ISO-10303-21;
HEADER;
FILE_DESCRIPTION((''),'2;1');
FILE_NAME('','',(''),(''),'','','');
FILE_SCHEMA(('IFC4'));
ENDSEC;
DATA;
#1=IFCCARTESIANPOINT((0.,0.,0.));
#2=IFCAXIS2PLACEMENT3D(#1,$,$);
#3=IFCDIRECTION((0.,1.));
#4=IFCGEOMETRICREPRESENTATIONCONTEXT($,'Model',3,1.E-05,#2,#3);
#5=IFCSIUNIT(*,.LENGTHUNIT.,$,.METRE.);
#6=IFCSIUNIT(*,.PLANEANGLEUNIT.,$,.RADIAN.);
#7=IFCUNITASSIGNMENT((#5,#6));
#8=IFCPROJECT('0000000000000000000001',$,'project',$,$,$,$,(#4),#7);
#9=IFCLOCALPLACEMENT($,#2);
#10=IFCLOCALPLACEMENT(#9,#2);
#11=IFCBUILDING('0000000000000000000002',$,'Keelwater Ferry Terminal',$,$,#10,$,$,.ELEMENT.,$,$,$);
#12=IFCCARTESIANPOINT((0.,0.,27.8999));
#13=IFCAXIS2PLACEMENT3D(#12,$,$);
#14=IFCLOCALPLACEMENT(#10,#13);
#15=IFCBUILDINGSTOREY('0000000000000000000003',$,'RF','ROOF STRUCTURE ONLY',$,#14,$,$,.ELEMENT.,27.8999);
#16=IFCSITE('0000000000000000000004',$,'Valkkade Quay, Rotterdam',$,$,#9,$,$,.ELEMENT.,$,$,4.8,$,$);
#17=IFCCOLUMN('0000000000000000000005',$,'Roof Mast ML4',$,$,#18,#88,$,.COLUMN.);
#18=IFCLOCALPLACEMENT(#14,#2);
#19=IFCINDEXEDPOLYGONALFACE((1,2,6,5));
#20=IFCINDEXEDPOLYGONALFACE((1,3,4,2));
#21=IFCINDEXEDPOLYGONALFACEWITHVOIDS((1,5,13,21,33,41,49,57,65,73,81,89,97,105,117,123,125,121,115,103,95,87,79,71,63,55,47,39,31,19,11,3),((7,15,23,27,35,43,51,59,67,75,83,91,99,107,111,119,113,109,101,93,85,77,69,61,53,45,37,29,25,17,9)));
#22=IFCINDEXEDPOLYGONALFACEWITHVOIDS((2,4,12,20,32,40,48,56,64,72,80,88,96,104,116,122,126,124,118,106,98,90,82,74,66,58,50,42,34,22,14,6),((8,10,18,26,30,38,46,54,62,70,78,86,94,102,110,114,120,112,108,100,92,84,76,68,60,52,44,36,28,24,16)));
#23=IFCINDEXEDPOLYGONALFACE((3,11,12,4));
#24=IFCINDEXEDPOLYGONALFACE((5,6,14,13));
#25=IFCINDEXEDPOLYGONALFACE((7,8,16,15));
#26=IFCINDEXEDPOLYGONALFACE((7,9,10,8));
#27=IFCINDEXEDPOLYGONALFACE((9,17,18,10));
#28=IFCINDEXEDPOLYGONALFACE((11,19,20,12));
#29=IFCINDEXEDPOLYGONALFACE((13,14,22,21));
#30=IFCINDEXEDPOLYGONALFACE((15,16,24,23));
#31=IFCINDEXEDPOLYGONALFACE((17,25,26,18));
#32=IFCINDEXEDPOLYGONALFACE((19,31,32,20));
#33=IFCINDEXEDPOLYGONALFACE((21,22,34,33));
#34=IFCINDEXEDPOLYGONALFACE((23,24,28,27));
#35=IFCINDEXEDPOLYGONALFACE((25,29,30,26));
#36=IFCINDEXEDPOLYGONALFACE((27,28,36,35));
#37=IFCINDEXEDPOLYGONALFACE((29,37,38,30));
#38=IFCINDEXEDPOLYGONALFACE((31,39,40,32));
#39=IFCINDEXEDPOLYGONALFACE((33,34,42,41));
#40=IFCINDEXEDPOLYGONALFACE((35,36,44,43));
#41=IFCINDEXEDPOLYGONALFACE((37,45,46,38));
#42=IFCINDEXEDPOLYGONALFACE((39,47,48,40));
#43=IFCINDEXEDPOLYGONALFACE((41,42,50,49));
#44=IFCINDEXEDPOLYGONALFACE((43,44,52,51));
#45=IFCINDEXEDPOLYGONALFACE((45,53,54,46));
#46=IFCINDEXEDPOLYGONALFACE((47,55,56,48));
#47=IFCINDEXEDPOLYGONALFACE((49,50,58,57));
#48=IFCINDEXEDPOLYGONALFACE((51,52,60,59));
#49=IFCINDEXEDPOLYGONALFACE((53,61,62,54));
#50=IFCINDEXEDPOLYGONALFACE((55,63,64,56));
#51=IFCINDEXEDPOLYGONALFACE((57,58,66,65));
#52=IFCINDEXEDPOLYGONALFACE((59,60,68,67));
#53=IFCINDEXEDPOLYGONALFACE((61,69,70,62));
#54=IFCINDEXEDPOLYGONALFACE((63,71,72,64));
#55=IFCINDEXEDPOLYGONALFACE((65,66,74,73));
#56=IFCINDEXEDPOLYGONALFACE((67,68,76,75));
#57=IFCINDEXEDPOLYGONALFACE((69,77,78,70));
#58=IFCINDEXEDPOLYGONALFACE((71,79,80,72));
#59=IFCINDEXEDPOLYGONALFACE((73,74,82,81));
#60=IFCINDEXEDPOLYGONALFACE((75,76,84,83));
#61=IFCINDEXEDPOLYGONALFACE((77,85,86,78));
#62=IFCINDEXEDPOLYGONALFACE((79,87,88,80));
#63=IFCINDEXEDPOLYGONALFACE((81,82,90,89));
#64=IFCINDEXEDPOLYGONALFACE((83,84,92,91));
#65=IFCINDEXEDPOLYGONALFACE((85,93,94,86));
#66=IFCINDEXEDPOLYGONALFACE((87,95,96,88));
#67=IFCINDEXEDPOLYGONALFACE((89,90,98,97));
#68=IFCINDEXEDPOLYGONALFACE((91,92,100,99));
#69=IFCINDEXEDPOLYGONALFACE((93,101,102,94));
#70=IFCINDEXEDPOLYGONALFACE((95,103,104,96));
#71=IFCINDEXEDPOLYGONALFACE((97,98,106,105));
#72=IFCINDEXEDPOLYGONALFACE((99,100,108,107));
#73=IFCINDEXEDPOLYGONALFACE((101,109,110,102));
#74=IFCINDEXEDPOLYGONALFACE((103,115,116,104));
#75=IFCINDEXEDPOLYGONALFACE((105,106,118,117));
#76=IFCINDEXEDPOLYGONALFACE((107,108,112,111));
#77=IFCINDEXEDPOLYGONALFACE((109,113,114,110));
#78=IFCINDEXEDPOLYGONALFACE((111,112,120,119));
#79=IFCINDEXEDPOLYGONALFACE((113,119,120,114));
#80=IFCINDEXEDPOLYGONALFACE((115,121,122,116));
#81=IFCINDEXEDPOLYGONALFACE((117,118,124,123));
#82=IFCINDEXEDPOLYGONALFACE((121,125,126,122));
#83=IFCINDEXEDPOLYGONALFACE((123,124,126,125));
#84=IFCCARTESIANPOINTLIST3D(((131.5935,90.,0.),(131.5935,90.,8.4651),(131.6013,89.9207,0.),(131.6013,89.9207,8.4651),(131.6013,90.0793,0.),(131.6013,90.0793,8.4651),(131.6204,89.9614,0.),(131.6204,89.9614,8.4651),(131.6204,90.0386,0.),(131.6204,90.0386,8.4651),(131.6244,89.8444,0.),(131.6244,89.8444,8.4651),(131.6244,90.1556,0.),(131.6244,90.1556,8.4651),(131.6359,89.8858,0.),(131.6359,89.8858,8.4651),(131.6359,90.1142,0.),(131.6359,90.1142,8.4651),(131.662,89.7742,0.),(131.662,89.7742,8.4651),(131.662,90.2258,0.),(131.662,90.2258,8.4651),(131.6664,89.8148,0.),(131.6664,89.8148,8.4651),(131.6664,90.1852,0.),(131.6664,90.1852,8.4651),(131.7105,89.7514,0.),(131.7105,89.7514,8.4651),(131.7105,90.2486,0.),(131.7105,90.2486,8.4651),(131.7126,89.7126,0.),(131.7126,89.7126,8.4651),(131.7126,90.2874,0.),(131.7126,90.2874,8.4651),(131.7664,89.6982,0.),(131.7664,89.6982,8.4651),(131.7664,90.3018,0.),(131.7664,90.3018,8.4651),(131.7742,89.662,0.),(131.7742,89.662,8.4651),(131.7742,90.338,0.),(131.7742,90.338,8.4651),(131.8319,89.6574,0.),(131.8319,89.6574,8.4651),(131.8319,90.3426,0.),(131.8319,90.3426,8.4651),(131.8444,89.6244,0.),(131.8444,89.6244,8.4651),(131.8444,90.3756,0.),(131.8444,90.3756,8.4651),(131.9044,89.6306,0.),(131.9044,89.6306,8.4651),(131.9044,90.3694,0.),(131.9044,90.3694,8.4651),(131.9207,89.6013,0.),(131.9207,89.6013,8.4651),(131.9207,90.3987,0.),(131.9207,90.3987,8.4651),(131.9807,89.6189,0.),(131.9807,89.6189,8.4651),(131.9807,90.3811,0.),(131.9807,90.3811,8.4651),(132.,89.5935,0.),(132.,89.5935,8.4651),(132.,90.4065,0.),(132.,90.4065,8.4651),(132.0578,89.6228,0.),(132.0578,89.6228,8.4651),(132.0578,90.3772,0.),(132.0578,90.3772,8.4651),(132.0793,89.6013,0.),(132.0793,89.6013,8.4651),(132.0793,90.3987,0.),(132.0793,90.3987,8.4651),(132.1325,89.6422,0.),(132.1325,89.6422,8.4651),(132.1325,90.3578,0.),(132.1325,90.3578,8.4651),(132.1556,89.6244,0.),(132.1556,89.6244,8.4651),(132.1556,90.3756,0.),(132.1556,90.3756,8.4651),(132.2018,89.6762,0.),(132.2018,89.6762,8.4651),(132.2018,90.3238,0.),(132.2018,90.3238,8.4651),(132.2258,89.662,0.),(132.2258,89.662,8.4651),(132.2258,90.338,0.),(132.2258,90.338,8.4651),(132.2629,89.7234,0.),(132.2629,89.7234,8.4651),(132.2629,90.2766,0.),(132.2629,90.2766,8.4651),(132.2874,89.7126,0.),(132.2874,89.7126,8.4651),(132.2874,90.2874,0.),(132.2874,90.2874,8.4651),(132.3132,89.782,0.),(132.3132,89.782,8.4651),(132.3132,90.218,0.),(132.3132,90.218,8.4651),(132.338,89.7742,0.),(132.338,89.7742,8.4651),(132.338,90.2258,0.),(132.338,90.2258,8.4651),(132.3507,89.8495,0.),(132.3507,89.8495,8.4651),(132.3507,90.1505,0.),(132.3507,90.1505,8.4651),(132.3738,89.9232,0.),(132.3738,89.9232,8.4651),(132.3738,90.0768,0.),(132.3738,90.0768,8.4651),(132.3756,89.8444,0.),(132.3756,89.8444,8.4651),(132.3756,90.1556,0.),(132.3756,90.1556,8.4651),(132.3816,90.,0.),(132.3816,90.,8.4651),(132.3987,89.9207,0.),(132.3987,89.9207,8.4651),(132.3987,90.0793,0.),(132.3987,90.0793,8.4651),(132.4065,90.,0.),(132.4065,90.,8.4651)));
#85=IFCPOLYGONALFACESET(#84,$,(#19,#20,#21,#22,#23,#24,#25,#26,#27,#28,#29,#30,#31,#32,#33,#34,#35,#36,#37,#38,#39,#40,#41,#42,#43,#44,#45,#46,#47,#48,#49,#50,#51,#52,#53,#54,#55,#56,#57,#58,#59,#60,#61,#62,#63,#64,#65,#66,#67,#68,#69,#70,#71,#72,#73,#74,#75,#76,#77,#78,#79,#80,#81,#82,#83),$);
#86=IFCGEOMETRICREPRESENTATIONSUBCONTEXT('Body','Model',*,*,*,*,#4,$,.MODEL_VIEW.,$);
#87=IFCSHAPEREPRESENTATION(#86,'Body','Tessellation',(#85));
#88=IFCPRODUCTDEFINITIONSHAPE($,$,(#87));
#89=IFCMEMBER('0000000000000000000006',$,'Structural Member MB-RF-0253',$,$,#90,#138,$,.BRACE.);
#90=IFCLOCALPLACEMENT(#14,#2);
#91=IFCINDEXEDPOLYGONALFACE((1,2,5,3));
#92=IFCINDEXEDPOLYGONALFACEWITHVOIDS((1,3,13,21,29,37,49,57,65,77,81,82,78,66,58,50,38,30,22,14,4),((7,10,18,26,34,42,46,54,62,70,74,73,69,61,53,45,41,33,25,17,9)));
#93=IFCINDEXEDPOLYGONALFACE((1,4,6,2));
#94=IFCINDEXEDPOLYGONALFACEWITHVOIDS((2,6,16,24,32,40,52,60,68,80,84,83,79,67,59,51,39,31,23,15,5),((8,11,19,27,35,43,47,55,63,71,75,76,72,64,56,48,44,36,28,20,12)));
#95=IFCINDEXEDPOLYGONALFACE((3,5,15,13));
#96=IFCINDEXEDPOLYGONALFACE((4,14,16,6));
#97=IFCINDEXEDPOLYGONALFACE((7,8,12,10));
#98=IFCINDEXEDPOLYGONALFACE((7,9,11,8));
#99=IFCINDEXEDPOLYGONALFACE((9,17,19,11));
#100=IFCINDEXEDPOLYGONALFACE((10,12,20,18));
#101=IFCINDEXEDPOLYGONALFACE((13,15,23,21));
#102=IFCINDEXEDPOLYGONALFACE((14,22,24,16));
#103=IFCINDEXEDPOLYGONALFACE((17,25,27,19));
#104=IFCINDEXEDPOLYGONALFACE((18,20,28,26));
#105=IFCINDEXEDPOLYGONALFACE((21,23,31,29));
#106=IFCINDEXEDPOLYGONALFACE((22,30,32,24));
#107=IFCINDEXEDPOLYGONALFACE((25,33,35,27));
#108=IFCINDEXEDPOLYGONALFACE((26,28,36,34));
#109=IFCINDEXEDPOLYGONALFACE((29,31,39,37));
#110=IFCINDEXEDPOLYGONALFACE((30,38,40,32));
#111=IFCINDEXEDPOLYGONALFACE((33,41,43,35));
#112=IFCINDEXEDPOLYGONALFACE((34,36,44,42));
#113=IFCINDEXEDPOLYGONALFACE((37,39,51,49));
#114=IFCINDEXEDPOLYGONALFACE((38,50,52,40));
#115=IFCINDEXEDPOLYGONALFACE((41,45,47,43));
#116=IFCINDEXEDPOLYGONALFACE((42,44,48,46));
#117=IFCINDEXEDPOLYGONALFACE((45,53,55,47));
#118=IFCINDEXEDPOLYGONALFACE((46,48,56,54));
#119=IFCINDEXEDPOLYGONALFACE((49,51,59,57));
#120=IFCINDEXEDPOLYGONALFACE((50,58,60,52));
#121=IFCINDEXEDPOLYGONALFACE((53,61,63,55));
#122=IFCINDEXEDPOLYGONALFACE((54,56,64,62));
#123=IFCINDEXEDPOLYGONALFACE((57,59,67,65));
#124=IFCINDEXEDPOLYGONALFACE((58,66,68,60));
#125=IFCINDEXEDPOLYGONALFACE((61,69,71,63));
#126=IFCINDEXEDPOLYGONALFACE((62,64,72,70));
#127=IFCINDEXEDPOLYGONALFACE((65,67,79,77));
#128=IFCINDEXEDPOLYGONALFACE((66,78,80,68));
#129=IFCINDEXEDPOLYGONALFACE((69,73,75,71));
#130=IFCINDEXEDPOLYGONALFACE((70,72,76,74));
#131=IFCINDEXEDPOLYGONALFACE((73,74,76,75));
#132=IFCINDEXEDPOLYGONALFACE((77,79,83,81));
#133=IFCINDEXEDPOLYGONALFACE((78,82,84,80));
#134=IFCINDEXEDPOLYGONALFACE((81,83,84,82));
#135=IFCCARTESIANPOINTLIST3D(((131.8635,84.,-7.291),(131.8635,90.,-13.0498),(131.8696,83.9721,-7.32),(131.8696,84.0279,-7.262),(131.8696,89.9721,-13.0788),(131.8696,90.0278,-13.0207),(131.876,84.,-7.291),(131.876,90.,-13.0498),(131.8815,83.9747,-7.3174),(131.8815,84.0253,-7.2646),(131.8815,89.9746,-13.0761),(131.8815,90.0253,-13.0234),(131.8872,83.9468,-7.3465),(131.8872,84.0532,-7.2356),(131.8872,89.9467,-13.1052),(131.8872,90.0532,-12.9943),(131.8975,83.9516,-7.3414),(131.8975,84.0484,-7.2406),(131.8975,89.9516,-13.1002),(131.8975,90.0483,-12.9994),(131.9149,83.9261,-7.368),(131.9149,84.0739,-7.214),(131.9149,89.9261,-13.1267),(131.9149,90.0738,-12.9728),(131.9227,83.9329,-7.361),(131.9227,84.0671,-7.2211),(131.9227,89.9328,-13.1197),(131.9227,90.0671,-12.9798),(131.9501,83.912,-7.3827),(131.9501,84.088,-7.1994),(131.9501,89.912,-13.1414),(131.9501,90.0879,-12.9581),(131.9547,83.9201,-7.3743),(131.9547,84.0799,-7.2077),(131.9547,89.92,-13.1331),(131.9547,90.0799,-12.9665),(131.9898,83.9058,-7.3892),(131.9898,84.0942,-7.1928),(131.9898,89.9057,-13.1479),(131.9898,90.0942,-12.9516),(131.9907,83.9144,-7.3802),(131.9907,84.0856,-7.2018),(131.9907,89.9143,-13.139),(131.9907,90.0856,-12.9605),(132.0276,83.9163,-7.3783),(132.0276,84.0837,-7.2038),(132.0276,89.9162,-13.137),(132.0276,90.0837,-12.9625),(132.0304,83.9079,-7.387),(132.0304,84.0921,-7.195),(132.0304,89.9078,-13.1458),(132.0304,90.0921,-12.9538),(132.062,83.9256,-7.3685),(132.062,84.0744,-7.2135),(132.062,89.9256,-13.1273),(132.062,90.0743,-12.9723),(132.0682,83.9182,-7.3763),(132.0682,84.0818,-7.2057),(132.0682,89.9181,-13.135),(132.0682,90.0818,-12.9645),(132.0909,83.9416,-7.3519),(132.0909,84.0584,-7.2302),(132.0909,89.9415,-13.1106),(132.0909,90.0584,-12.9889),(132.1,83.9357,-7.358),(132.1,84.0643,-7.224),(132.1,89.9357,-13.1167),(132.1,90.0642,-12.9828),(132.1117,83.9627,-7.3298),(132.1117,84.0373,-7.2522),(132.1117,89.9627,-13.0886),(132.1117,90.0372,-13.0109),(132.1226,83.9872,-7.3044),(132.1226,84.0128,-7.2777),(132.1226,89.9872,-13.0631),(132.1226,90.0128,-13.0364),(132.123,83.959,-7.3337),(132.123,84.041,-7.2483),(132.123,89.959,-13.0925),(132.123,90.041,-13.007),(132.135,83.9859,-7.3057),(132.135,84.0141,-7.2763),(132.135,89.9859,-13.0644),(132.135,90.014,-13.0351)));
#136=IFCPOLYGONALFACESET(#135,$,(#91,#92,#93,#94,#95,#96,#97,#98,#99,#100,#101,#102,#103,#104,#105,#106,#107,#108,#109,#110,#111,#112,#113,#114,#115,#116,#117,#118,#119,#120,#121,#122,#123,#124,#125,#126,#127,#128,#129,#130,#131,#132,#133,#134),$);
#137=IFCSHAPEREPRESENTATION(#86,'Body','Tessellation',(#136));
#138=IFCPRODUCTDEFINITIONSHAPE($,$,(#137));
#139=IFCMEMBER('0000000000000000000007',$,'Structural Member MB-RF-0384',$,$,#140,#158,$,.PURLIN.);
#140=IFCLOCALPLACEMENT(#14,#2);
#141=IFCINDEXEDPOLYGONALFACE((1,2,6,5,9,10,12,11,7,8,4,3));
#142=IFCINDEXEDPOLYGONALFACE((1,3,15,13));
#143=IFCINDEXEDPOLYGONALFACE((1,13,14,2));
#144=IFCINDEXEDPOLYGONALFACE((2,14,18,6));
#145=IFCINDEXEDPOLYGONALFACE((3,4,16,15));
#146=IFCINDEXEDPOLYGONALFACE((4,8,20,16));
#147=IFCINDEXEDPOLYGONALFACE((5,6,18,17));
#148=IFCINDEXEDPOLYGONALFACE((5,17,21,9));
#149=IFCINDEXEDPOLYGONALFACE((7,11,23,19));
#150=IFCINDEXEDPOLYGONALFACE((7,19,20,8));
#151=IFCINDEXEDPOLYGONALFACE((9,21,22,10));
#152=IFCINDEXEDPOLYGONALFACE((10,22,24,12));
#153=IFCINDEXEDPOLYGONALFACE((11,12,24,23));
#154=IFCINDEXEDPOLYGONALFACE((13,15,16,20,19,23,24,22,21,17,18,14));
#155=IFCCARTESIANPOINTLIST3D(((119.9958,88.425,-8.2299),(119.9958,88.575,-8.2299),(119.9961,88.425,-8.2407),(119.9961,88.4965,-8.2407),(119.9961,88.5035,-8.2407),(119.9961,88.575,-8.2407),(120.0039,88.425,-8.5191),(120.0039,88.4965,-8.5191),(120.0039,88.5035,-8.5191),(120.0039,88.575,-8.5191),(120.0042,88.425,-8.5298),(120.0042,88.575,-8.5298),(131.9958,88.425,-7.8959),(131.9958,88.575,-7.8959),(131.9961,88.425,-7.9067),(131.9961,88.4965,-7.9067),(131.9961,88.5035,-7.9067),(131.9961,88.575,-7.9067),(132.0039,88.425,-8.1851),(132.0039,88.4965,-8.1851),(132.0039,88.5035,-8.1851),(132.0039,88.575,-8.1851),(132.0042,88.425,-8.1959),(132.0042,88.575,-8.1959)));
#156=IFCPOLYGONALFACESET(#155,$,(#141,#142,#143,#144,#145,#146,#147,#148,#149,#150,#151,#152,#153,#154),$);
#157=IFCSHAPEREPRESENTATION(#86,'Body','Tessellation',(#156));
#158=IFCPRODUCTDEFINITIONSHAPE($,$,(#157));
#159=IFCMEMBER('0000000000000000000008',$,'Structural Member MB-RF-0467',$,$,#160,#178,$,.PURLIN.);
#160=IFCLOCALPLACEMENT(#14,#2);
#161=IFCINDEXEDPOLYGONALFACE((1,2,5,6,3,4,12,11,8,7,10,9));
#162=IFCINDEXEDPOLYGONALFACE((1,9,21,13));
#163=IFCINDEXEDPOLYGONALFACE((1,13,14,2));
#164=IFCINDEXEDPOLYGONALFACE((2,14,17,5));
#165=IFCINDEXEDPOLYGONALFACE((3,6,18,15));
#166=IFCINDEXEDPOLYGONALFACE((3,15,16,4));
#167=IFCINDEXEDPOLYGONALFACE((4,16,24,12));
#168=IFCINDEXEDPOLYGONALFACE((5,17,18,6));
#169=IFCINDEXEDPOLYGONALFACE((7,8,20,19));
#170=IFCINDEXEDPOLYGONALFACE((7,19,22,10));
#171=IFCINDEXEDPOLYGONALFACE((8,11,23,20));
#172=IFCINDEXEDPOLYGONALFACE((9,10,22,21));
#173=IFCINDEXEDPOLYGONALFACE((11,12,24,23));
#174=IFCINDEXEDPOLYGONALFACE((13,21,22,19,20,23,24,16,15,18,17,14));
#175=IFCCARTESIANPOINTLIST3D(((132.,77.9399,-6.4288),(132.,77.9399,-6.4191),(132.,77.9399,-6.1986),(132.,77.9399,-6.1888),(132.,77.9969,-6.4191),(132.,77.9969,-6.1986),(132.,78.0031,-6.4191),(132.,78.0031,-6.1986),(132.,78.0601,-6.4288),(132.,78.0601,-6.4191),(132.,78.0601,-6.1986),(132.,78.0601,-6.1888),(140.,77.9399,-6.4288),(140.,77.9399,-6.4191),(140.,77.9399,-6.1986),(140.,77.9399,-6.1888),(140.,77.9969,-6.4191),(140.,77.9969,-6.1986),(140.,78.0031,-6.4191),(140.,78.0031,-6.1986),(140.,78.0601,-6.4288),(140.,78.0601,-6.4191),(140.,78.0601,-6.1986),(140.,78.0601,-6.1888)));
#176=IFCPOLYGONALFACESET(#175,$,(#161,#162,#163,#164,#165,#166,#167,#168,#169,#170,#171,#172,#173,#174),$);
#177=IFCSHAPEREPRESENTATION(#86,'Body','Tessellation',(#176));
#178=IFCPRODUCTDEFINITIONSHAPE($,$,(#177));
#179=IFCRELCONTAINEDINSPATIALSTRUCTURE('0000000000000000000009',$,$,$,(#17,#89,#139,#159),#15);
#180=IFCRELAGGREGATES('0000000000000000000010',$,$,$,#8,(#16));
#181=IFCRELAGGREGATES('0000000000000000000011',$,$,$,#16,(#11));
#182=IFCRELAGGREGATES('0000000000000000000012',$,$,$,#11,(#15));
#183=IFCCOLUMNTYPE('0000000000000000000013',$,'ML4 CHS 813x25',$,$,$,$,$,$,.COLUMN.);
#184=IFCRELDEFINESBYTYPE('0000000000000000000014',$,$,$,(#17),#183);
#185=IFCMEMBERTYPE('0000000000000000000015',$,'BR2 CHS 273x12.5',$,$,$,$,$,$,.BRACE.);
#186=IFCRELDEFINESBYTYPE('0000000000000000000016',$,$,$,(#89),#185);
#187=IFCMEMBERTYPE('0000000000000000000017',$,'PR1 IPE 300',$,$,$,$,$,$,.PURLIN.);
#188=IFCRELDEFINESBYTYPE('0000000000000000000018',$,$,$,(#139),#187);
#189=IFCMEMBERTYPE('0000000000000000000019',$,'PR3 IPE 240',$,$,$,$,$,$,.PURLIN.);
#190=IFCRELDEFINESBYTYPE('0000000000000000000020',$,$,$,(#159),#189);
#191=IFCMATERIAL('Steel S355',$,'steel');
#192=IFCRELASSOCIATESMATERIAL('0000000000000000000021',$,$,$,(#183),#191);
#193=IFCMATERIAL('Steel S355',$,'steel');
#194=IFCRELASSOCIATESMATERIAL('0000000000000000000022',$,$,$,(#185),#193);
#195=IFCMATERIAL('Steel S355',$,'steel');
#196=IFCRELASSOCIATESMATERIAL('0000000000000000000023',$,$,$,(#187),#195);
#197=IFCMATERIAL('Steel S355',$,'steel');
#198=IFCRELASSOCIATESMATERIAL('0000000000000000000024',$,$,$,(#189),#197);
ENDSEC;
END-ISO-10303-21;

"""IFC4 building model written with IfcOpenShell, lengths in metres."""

from ifc_helpers import new_model, si_unit, direction, frame, origin, origin_2d, place, context, subcontext, project, spatial, hollow_circle, i_section, extrude, material, material_profile, profile_set, type_object, element, save


model = new_model("IFC4")

# Units and contexts
model_context = context("Model", 3, precision=1e-05, world=origin(), true_north=direction((0.0, 1.0)))
body_context = subcontext(model_context, "Body", "Model", "MODEL_VIEW")
ifc_project = project(units=[si_unit("LENGTHUNIT", "METRE"), si_unit("PLANEANGLEUNIT", "RADIAN")], contexts=[model_context])

# Site, building, storey
site_placement = place(None, origin())
site = spatial("IfcSite", under=ifc_project, at=site_placement, Name="Valkkade Quay, Rotterdam", CompositionType="ELEMENT", RefElevation=4.8)
building_placement = place(site_placement, origin())
building = spatial("IfcBuilding", under=site, at=building_placement, Name="Keelwater Ferry Terminal", CompositionType="ELEMENT")
storey_placement = place(building_placement, frame((0.0, 0.0, 27.8999)))
storey = spatial("IfcBuildingStorey", under=building, at=storey_placement, Name="RF", Description="ROOF STRUCTURE ONLY", CompositionType="ELEMENT", Elevation=27.8999)

# Column
ifc_material_1 = material(Name="Steel S355", Category="steel")
ifc_material_profile_1 = material_profile(ifc_material_1, hollow_circle(Radius=0.4065, WallThickness=0.0249, at=origin_2d()), Name="CHS 813x25")
ifc_profile_set_1 = profile_set([ifc_material_profile_1], Name="Steel S355")
column_type = type_object("IfcColumnType", Name="ML4 CHS 813x25", PredefinedType="COLUMN", material=ifc_profile_set_1)
column_placement = place(storey_placement, frame((132.0, 90.0, 0.0), z_axis=(0.0, 0.0, 1.0), x_axis=(1.0, 0.0, 0.0)))
element("IfcColumn", 1, at=column_placement, inside=storey, type_object=column_type, Name="Roof Mast ML4", PredefinedType="COLUMN", context=body_context, shape_type="SweptSolid", body=[
    extrude(hollow_circle(Radius=0.4065, WallThickness=0.0249, at=origin_2d()), origin(), (0.0, 0.0, 1.0), 8.4651),
])

# Members
ifc_material_2 = material(Name="Steel S355", Category="steel")
ifc_material_profile_2 = material_profile(ifc_material_2, hollow_circle(Radius=0.1365, WallThickness=0.0125, at=origin_2d()), Name="CHS 273x12.5")
ifc_profile_set_2 = profile_set([ifc_material_profile_2], Name="Steel S355")
member_type_1 = type_object("IfcMemberType", Name="BR2 CHS 273x12.5", PredefinedType="BRACE", material=ifc_profile_set_2)
member_1_placement = place(storey_placement, frame((132.0, 84.0, -7.291), z_axis=(0.0, 0.72146, -0.692456), x_axis=(-1.0, 0.0, 0.0)))
element("IfcMember", 2, at=member_1_placement, inside=storey, type_object=member_type_1, Name="Structural Member MB-RF-0253", PredefinedType="BRACE", context=body_context, shape_type="SweptSolid", body=[
    extrude(hollow_circle(Radius=0.1365, WallThickness=0.0125, at=origin_2d()), origin(), (0.0, 0.0, 1.0), 8.3164),
])
ifc_material_3 = material(Name="Steel S355", Category="steel")
ifc_material_profile_3 = material_profile(ifc_material_3, i_section(OverallWidth=0.1499, OverallDepth=0.3, WebThickness=0.0071, FlangeThickness=0.0107, at=origin_2d()), Name="IPE 300")
ifc_profile_set_3 = profile_set([ifc_material_profile_3], Name="Steel S355")
member_type_2 = type_object("IfcMemberType", Name="PR1 IPE 300", PredefinedType="PURLIN", material=ifc_profile_set_3)
member_2_placement = place(storey_placement, frame((120.0, 88.5, -8.3799), z_axis=(0.999613, 0.0, 0.027821), x_axis=(0.0, 1.0, 0.0)))
element("IfcMember", 3, at=member_2_placement, inside=storey, type_object=member_type_2, Name="Structural Member MB-RF-0384", PredefinedType="PURLIN", context=body_context, shape_type="SweptSolid", body=[
    extrude(i_section(OverallWidth=0.1499, OverallDepth=0.3, WebThickness=0.0071, FlangeThickness=0.0107, at=origin_2d()), origin(), (0.0, 0.0, 1.0), 12.0046),
])
ifc_material_4 = material(Name="Steel S355", Category="steel")
ifc_material_profile_4 = material_profile(ifc_material_4, i_section(OverallWidth=0.1201, OverallDepth=0.24, WebThickness=0.0061, FlangeThickness=0.0098, at=origin_2d()), Name="IPE 240")
ifc_profile_set_4 = profile_set([ifc_material_profile_4], Name="Steel S355")
member_type_3 = type_object("IfcMemberType", Name="PR3 IPE 240", PredefinedType="PURLIN", material=ifc_profile_set_4)
for number, where, z_axis, x_axis, name in (
    (4, (132.0, 78.0, -6.3088), (1.0, 0.0, 0.0), (0.0, 1.0, 0.0), "Structural Member MB-RF-0467"),
):
    element("IfcMember", number, at=place(storey_placement, frame(where, z_axis=z_axis, x_axis=x_axis)), inside=storey, type_object=member_type_3, Name=name, PredefinedType="PURLIN", context=body_context, shape_type="SweptSolid", body=[
        extrude(i_section(OverallWidth=0.1201, OverallDepth=0.24, WebThickness=0.0061, FlangeThickness=0.0098, at=origin_2d()), origin(), (0.0, 0.0, 1.0), 8.0),
    ])

save(model, "model.ifc")
